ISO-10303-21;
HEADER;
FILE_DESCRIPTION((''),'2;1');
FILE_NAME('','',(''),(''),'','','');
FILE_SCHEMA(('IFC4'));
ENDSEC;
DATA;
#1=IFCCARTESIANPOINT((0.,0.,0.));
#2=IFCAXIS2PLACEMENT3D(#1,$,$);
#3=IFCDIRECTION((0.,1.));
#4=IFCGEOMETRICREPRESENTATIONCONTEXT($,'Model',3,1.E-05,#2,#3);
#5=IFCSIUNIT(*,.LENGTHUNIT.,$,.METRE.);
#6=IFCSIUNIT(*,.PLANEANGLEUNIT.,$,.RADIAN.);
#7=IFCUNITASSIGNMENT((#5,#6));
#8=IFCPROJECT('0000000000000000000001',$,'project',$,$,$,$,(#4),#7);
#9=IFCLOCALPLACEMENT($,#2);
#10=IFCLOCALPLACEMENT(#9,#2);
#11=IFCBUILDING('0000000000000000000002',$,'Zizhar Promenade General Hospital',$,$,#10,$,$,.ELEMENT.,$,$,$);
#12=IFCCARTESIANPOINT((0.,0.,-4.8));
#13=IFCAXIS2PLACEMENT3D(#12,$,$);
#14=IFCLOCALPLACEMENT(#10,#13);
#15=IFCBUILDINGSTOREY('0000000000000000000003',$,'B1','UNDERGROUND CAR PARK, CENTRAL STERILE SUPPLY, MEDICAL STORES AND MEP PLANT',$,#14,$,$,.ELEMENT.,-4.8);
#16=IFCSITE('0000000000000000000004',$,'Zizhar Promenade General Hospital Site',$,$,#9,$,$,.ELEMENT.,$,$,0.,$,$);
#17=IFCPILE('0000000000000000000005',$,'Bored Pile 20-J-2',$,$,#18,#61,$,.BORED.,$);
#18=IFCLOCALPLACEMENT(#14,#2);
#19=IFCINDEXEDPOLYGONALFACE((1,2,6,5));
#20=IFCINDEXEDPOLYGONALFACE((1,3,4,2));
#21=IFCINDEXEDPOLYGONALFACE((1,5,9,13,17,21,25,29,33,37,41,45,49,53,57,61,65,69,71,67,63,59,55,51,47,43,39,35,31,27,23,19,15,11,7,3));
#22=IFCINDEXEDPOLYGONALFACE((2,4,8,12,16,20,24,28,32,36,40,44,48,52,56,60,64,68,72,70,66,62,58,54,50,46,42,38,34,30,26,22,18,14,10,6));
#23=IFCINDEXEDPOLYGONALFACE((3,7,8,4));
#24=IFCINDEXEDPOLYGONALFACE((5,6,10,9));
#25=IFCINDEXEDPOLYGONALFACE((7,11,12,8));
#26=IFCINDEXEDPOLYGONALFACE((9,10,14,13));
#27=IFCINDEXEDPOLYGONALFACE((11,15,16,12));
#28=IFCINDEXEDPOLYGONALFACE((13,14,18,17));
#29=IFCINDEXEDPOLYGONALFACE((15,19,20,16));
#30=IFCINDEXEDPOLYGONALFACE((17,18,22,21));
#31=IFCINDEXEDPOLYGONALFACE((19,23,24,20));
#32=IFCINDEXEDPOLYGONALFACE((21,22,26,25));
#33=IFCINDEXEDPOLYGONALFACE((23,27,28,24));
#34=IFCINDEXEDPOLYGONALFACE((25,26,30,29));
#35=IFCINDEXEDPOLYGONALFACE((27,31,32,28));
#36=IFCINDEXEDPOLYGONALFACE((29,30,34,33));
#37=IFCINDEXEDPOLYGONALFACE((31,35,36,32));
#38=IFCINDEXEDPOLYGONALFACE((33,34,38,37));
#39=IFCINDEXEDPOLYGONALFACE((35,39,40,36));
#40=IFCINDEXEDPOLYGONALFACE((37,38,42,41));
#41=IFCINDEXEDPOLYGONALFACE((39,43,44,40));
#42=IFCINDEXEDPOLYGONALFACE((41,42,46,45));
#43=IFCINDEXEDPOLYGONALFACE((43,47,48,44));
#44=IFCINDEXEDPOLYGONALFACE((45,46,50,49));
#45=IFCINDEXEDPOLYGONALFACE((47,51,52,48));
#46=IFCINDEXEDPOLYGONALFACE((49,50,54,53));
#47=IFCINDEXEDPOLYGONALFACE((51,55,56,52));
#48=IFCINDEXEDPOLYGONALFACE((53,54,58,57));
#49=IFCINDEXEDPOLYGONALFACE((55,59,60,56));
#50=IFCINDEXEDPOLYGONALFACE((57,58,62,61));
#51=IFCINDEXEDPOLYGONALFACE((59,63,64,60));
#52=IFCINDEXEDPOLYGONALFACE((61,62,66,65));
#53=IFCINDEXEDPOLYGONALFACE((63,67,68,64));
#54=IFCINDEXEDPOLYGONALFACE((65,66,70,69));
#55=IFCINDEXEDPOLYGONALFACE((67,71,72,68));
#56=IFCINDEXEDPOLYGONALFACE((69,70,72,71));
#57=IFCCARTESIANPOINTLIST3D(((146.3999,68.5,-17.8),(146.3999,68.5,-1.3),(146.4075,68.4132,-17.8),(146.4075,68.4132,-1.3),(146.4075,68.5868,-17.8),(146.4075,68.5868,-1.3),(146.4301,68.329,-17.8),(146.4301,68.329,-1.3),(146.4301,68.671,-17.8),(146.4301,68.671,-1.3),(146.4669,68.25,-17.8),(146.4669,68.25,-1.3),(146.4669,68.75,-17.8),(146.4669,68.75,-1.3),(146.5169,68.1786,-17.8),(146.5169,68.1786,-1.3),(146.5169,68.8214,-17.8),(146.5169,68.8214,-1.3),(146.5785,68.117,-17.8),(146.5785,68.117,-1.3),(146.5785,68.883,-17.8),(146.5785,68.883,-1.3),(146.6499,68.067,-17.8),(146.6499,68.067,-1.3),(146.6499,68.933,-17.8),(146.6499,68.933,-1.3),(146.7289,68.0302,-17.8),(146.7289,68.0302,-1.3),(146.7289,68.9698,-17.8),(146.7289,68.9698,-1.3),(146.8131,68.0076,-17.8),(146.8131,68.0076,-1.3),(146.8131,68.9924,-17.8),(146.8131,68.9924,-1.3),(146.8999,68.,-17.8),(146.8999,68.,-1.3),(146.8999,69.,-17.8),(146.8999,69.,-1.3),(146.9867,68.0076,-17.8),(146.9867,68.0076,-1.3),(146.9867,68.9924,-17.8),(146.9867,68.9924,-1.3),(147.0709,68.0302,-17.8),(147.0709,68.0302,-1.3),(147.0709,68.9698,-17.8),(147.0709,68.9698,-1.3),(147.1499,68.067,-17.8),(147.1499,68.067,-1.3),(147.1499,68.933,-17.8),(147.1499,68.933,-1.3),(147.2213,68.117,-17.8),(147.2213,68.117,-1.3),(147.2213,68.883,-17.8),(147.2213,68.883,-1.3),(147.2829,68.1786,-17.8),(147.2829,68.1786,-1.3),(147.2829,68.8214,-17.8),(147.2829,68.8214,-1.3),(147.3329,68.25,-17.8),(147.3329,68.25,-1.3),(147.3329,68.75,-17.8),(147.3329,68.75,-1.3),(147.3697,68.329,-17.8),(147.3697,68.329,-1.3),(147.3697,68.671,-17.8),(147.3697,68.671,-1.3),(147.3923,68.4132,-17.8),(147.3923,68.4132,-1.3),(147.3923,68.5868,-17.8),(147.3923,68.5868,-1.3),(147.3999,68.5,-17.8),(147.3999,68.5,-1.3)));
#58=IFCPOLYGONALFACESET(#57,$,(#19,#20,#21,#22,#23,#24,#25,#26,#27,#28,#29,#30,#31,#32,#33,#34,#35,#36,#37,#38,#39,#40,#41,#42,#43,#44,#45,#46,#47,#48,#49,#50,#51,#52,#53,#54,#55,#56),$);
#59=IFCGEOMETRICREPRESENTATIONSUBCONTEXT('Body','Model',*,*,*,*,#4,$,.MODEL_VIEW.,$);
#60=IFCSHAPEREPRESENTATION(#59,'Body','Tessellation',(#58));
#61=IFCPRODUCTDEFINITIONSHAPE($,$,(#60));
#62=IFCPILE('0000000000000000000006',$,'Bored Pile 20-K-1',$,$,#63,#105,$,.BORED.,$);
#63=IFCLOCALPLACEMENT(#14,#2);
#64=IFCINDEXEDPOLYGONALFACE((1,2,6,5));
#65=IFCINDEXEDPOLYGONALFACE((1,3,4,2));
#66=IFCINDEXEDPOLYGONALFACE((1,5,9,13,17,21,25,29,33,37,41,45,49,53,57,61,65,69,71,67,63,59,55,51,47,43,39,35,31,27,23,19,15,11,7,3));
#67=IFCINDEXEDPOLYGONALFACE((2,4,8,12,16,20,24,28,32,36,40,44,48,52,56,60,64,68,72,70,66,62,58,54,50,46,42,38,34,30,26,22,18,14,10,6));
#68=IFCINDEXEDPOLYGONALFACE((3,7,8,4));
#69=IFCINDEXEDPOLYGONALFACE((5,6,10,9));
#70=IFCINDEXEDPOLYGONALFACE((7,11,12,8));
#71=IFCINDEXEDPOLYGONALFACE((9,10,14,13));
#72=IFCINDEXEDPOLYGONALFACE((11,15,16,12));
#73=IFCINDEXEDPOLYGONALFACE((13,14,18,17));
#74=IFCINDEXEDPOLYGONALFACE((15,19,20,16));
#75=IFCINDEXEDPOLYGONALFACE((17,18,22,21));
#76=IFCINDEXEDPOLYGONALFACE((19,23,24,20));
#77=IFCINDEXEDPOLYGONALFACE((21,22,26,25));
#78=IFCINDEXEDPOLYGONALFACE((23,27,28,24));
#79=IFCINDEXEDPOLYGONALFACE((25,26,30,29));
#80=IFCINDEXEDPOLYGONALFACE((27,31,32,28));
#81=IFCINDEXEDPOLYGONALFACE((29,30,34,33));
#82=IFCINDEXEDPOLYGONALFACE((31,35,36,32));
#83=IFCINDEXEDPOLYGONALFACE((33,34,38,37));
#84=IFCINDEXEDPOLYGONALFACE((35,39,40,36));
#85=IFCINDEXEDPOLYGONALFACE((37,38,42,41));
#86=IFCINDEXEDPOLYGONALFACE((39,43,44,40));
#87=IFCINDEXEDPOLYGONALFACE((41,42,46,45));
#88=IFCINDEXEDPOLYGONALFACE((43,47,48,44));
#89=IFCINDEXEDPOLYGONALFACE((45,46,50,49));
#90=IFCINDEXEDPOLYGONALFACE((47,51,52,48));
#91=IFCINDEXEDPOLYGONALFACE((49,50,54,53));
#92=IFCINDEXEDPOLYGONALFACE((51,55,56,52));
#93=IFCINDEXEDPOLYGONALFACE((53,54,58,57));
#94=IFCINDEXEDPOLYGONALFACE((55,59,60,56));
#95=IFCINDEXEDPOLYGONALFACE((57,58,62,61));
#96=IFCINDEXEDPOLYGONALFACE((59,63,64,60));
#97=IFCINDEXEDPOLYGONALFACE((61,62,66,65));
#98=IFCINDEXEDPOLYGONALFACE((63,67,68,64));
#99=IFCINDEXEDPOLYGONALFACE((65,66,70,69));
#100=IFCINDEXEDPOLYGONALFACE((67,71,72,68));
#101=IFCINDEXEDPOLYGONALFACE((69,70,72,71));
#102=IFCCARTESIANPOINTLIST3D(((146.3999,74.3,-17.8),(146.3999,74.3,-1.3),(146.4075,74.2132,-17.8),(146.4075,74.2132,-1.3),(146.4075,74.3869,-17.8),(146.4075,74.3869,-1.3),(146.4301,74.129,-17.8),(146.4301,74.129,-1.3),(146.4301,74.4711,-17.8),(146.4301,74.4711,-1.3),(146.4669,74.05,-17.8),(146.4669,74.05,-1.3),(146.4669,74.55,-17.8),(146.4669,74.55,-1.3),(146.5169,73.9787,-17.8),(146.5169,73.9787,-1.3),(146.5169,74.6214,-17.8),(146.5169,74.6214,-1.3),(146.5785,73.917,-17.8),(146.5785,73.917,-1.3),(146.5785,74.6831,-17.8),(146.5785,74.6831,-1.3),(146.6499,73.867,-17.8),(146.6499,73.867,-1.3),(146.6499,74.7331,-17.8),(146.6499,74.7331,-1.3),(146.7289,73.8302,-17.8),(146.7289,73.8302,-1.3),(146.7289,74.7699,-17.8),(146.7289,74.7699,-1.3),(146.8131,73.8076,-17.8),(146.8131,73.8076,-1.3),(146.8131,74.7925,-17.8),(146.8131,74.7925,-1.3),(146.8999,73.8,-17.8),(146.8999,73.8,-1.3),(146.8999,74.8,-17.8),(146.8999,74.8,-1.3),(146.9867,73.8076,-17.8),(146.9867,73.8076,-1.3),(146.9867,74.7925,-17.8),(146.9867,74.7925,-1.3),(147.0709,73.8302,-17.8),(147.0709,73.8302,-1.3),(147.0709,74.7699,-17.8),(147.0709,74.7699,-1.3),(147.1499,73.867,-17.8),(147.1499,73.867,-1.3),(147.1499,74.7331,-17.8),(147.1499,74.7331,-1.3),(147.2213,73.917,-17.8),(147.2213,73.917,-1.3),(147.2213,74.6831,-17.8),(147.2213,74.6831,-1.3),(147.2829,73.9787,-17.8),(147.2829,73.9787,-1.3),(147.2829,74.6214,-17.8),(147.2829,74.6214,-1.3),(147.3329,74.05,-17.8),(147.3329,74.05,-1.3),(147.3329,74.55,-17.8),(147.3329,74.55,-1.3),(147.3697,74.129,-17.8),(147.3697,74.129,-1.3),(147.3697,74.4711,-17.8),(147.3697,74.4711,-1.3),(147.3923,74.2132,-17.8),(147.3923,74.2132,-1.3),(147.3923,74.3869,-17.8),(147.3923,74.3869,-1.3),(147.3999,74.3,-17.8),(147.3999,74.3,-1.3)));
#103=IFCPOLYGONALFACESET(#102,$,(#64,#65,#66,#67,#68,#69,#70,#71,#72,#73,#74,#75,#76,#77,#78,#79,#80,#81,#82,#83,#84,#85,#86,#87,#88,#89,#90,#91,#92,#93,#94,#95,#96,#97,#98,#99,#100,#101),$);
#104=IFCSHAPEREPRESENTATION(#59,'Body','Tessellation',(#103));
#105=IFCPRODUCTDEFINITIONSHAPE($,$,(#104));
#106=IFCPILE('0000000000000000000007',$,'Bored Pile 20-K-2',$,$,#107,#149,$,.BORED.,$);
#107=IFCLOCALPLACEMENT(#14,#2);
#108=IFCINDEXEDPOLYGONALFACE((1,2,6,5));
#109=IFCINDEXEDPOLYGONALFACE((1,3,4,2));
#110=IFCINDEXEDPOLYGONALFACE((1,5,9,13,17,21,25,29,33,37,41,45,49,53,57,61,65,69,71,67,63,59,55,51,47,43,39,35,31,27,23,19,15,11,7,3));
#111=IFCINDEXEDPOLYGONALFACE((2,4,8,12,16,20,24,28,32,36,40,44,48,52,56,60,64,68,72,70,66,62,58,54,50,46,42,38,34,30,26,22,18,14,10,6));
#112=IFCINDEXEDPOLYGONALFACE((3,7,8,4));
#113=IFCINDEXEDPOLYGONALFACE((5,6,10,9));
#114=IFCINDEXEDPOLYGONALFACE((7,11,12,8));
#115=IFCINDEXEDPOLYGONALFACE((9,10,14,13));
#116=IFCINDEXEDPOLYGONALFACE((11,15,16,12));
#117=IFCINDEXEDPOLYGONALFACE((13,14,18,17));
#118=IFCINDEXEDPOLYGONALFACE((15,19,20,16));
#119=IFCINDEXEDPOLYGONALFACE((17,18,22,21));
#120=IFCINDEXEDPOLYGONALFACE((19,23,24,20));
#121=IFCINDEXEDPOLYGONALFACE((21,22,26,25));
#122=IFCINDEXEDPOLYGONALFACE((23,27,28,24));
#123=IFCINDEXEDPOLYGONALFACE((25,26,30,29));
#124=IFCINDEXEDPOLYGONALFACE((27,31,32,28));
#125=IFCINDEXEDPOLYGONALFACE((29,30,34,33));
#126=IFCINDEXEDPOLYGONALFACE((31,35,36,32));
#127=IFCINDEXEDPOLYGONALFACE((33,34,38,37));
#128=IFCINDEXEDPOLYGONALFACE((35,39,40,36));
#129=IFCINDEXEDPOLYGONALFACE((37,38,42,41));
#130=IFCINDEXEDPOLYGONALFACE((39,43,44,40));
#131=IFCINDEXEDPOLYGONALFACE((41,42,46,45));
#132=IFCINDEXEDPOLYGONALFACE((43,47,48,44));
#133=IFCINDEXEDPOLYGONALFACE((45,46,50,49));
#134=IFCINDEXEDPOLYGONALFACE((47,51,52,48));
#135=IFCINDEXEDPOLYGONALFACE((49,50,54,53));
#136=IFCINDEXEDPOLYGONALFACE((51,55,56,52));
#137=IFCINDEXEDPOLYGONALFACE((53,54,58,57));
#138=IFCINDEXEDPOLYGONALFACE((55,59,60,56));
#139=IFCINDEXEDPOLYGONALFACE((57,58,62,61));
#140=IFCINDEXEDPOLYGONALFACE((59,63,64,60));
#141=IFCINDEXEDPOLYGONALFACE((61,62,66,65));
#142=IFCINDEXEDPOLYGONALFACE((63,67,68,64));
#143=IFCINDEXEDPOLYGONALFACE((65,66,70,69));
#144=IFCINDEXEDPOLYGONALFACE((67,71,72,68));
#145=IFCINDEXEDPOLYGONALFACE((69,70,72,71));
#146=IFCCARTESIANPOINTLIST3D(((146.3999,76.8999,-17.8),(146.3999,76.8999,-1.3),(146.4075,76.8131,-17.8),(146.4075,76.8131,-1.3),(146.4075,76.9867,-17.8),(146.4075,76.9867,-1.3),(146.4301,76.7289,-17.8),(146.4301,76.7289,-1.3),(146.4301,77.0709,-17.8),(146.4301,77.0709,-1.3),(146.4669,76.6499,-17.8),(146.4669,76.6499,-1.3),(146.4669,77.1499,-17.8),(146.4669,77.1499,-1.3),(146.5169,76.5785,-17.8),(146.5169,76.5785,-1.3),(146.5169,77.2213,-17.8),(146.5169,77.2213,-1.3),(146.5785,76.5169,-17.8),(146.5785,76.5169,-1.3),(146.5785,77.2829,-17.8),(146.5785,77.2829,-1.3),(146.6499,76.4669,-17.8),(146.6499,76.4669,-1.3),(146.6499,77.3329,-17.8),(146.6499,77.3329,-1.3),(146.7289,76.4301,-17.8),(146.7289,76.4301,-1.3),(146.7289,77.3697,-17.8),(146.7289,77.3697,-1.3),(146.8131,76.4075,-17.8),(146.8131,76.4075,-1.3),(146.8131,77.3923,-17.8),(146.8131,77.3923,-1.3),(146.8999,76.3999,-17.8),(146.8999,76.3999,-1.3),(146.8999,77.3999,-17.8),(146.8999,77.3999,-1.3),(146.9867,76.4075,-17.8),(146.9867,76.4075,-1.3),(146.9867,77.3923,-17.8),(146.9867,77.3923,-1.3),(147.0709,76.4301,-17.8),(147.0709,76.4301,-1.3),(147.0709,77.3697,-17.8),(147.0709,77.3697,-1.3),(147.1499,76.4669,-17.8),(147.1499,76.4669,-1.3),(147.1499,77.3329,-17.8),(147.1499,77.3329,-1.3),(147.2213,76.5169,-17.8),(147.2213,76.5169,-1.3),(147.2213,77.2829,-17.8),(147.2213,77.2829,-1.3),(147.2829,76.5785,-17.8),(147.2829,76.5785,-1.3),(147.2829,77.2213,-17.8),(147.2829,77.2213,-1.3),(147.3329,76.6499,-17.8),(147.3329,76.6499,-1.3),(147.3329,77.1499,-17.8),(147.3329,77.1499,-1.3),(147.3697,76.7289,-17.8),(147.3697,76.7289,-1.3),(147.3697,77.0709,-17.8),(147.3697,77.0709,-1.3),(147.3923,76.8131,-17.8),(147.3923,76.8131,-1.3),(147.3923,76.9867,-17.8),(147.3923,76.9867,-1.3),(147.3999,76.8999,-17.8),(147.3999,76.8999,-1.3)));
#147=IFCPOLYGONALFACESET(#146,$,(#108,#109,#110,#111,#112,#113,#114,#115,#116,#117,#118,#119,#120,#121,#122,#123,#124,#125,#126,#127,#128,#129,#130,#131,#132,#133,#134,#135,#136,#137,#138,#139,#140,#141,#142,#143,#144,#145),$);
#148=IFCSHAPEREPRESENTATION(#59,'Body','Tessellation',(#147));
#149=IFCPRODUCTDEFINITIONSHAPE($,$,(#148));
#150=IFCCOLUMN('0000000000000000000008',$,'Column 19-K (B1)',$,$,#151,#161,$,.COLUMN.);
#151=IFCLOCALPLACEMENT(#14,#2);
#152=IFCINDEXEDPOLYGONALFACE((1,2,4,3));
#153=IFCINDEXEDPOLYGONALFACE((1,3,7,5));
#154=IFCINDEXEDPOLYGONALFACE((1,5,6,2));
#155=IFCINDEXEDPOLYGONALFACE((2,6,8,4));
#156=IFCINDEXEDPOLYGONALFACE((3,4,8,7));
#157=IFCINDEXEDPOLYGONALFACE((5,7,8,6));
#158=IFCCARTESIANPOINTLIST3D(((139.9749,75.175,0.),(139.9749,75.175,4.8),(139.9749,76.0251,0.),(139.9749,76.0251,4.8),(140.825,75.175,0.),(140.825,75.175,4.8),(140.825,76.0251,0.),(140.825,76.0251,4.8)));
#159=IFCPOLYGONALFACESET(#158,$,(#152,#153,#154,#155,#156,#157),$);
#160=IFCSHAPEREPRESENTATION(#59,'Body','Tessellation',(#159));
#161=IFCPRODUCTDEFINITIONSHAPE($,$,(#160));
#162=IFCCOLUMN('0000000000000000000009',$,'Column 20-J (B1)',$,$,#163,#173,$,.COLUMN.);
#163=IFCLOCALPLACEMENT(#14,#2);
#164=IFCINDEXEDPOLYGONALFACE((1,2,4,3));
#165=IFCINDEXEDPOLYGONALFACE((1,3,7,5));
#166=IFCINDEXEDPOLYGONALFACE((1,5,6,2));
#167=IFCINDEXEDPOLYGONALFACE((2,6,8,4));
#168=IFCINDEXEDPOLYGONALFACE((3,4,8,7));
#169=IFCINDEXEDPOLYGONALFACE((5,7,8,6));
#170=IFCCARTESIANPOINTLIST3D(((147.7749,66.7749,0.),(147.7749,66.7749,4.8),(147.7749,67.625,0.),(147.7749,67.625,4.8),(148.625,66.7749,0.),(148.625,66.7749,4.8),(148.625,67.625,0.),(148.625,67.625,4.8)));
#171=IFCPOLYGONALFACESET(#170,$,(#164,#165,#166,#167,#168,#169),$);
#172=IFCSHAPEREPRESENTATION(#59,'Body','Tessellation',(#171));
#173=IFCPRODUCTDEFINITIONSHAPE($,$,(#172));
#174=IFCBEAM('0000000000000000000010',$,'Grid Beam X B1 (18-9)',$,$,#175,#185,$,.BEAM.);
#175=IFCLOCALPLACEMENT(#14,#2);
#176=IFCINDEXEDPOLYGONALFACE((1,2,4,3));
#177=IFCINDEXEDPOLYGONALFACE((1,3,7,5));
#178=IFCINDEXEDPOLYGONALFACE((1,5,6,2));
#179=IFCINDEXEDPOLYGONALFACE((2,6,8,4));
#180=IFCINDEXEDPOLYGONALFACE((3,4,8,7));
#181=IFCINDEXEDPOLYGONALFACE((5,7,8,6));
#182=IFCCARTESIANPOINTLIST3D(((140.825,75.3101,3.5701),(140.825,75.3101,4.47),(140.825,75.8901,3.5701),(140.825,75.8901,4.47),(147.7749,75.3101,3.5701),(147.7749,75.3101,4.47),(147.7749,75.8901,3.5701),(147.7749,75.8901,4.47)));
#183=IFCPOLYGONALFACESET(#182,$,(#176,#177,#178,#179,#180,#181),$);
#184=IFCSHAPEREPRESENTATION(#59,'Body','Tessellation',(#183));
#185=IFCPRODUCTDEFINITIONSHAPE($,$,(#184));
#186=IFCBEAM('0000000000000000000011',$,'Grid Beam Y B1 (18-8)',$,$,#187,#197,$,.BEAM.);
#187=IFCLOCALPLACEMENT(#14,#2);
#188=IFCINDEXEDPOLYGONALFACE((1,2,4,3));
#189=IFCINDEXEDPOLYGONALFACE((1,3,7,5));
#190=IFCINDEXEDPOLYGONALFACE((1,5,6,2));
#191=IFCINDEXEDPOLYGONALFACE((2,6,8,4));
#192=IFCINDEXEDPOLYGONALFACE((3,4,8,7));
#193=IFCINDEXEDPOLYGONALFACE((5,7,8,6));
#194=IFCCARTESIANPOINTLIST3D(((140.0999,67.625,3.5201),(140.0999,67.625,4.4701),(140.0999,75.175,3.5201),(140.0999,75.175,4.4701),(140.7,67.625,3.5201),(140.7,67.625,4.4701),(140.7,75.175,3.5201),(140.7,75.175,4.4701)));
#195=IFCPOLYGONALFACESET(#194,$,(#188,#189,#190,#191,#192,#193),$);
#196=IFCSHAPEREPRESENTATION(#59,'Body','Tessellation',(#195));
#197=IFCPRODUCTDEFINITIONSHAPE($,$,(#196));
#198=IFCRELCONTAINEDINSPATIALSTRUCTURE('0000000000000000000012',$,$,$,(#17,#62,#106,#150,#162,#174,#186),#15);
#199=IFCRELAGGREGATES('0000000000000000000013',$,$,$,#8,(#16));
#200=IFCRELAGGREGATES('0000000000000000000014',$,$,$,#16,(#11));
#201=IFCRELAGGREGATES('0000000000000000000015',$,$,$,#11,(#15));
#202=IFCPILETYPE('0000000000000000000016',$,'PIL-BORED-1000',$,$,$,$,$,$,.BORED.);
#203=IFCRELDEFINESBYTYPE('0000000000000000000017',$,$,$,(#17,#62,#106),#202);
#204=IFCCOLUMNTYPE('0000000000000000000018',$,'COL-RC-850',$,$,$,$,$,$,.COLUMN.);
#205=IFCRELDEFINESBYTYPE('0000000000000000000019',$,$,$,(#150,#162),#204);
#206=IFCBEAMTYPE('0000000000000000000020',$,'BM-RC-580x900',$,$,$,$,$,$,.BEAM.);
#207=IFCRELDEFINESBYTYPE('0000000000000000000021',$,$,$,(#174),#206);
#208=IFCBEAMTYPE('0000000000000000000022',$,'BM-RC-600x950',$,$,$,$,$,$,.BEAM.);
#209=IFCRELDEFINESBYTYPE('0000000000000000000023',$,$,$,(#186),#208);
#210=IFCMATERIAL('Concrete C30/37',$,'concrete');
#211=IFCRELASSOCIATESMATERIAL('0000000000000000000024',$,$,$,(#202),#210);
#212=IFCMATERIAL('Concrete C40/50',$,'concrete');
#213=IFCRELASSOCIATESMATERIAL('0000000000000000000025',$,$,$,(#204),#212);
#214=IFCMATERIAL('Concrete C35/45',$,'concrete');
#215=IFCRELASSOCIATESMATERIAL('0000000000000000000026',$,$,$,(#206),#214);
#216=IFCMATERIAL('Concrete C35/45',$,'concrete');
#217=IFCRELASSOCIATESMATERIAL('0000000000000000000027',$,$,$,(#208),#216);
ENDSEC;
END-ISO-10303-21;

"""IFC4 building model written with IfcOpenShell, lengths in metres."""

from ifc_helpers import new_model, si_unit, direction, frame, origin, origin_2d, place, context, subcontext, project, spatial, rectangle, circle, extrude, material, material_profile, profile_set, type_object, element, save


model = new_model("IFC4")

# Units and contexts
model_context = context("Model", 3, precision=1e-05, world=origin(), true_north=direction((0.0, 1.0)))
body_context = subcontext(model_context, "Body", "Model", "MODEL_VIEW")
ifc_project = project(units=[si_unit("LENGTHUNIT", "METRE"), si_unit("PLANEANGLEUNIT", "RADIAN")], contexts=[model_context])

# Site, building, storey
site_placement = place(None, origin())
site = spatial("IfcSite", under=ifc_project, at=site_placement, Name="Zizhar Promenade General Hospital Site", CompositionType="ELEMENT", RefElevation=0.0)
building_placement = place(site_placement, origin())
building = spatial("IfcBuilding", under=site, at=building_placement, Name="Zizhar Promenade General Hospital", CompositionType="ELEMENT")
storey_placement = place(building_placement, frame((0.0, 0.0, -4.8)))
storey = spatial("IfcBuildingStorey", under=building, at=storey_placement, Name="B1", Description="UNDERGROUND CAR PARK, CENTRAL STERILE SUPPLY, MEDICAL STORES AND MEP PLANT", CompositionType="ELEMENT", Elevation=-4.8)

# Piles
ifc_material_1 = material(Name="Concrete C30/37", Category="concrete")
ifc_material_profile_1 = material_profile(ifc_material_1, circle(Radius=0.5, at=origin_2d()))
ifc_profile_set_1 = profile_set([ifc_material_profile_1], Name="Concrete C30/37")
pile_type = type_object("IfcPileType", Name="PIL-BORED-1000", PredefinedType="BORED", material=ifc_profile_set_1)
for number, where, z_axis, x_axis, name in (
    (1, (146.8999, 68.5, -1.3), (0.0, 0.0, -1.0), (1.0, 0.0, 0.0), "Bored Pile 20-J-2"),
    (2, (146.8999, 74.3, -1.3), (0.0, 0.0, -1.0), (1.0, 0.0, 0.0), "Bored Pile 20-K-1"),
    (3, (146.8999, 76.8999, -1.3), (0.0, 0.0, -1.0), (1.0, 0.0, 0.0), "Bored Pile 20-K-2"),
):
    element("IfcPile", number, at=place(storey_placement, frame(where, z_axis=z_axis, x_axis=x_axis)), inside=storey, type_object=pile_type, Name=name, PredefinedType="BORED", context=body_context, shape_type="SweptSolid", body=[
        extrude(circle(Radius=0.5, at=origin_2d()), origin(), (0.0, 0.0, 1.0), 16.5),
    ])

# Columns
ifc_material_2 = material(Name="Concrete C40/50", Category="concrete")
ifc_material_profile_2 = material_profile(ifc_material_2, rectangle(XDim=0.8501, YDim=0.8501, at=origin_2d()))
ifc_profile_set_2 = profile_set([ifc_material_profile_2], Name="Concrete C40/50")
column_type = type_object("IfcColumnType", Name="COL-RC-850", PredefinedType="COLUMN", material=ifc_profile_set_2)
for number, where, z_axis, x_axis, name in (
    (4, (140.3999, 75.6001, 0.0), (0.0, 0.0, 1.0), (1.0, 0.0, 0.0), "Column 19-K (B1)"),
    (5, (148.2, 67.2, 0.0), (0.0, 0.0, 1.0), (1.0, 0.0, 0.0), "Column 20-J (B1)"),
):
    element("IfcColumn", number, at=place(storey_placement, frame(where, z_axis=z_axis, x_axis=x_axis)), inside=storey, type_object=column_type, Name=name, PredefinedType="COLUMN", context=body_context, shape_type="SweptSolid", body=[
        extrude(rectangle(XDim=0.8501, YDim=0.8501, at=origin_2d()), origin(), (0.0, 0.0, 1.0), 4.8),
    ])

# Beams
ifc_material_3 = material(Name="Concrete C35/45", Category="concrete")
ifc_material_profile_3 = material_profile(ifc_material_3, rectangle(XDim=0.5801, YDim=0.8999, at=origin_2d()))
ifc_profile_set_3 = profile_set([ifc_material_profile_3], Name="Concrete C35/45")
beam_type_1 = type_object("IfcBeamType", Name="BM-RC-580x900", PredefinedType="BEAM", material=ifc_profile_set_3)
beam_placement = place(storey_placement, frame((140.825, 75.6001, 4.02), z_axis=(1.0, 0.0, 0.0), x_axis=(0.0, 1.0, 0.0)))
element("IfcBeam", 6, at=beam_placement, inside=storey, type_object=beam_type_1, Name="Grid Beam X B1 (18-9)", PredefinedType="BEAM", context=body_context, shape_type="SweptSolid", body=[
    extrude(rectangle(XDim=0.5801, YDim=0.8999, at=origin_2d()), origin(), (0.0, 0.0, 1.0), 6.95),
])
ifc_material_4 = material(Name="Concrete C35/45", Category="concrete")
ifc_material_profile_4 = material_profile(ifc_material_4, rectangle(XDim=0.6001, YDim=0.95, at=origin_2d()))
ifc_profile_set_4 = profile_set([ifc_material_profile_4], Name="Concrete C35/45")
beam_type_2 = type_object("IfcBeamType", Name="BM-RC-600x950", PredefinedType="BEAM", material=ifc_profile_set_4)
for number, where, z_axis, x_axis, name in (
    (7, (140.3999, 67.625, 3.9951), (0.0, 1.0, 0.0), (-1.0, 0.0, 0.0), "Grid Beam Y B1 (18-8)"),
):
    element("IfcBeam", number, at=place(storey_placement, frame(where, z_axis=z_axis, x_axis=x_axis)), inside=storey, type_object=beam_type_2, Name=name, PredefinedType="BEAM", context=body_context, shape_type="SweptSolid", body=[
        extrude(rectangle(XDim=0.6001, YDim=0.95, at=origin_2d()), origin(), (0.0, 0.0, 1.0), 7.55),
    ])

save(model, "model.ifc")
